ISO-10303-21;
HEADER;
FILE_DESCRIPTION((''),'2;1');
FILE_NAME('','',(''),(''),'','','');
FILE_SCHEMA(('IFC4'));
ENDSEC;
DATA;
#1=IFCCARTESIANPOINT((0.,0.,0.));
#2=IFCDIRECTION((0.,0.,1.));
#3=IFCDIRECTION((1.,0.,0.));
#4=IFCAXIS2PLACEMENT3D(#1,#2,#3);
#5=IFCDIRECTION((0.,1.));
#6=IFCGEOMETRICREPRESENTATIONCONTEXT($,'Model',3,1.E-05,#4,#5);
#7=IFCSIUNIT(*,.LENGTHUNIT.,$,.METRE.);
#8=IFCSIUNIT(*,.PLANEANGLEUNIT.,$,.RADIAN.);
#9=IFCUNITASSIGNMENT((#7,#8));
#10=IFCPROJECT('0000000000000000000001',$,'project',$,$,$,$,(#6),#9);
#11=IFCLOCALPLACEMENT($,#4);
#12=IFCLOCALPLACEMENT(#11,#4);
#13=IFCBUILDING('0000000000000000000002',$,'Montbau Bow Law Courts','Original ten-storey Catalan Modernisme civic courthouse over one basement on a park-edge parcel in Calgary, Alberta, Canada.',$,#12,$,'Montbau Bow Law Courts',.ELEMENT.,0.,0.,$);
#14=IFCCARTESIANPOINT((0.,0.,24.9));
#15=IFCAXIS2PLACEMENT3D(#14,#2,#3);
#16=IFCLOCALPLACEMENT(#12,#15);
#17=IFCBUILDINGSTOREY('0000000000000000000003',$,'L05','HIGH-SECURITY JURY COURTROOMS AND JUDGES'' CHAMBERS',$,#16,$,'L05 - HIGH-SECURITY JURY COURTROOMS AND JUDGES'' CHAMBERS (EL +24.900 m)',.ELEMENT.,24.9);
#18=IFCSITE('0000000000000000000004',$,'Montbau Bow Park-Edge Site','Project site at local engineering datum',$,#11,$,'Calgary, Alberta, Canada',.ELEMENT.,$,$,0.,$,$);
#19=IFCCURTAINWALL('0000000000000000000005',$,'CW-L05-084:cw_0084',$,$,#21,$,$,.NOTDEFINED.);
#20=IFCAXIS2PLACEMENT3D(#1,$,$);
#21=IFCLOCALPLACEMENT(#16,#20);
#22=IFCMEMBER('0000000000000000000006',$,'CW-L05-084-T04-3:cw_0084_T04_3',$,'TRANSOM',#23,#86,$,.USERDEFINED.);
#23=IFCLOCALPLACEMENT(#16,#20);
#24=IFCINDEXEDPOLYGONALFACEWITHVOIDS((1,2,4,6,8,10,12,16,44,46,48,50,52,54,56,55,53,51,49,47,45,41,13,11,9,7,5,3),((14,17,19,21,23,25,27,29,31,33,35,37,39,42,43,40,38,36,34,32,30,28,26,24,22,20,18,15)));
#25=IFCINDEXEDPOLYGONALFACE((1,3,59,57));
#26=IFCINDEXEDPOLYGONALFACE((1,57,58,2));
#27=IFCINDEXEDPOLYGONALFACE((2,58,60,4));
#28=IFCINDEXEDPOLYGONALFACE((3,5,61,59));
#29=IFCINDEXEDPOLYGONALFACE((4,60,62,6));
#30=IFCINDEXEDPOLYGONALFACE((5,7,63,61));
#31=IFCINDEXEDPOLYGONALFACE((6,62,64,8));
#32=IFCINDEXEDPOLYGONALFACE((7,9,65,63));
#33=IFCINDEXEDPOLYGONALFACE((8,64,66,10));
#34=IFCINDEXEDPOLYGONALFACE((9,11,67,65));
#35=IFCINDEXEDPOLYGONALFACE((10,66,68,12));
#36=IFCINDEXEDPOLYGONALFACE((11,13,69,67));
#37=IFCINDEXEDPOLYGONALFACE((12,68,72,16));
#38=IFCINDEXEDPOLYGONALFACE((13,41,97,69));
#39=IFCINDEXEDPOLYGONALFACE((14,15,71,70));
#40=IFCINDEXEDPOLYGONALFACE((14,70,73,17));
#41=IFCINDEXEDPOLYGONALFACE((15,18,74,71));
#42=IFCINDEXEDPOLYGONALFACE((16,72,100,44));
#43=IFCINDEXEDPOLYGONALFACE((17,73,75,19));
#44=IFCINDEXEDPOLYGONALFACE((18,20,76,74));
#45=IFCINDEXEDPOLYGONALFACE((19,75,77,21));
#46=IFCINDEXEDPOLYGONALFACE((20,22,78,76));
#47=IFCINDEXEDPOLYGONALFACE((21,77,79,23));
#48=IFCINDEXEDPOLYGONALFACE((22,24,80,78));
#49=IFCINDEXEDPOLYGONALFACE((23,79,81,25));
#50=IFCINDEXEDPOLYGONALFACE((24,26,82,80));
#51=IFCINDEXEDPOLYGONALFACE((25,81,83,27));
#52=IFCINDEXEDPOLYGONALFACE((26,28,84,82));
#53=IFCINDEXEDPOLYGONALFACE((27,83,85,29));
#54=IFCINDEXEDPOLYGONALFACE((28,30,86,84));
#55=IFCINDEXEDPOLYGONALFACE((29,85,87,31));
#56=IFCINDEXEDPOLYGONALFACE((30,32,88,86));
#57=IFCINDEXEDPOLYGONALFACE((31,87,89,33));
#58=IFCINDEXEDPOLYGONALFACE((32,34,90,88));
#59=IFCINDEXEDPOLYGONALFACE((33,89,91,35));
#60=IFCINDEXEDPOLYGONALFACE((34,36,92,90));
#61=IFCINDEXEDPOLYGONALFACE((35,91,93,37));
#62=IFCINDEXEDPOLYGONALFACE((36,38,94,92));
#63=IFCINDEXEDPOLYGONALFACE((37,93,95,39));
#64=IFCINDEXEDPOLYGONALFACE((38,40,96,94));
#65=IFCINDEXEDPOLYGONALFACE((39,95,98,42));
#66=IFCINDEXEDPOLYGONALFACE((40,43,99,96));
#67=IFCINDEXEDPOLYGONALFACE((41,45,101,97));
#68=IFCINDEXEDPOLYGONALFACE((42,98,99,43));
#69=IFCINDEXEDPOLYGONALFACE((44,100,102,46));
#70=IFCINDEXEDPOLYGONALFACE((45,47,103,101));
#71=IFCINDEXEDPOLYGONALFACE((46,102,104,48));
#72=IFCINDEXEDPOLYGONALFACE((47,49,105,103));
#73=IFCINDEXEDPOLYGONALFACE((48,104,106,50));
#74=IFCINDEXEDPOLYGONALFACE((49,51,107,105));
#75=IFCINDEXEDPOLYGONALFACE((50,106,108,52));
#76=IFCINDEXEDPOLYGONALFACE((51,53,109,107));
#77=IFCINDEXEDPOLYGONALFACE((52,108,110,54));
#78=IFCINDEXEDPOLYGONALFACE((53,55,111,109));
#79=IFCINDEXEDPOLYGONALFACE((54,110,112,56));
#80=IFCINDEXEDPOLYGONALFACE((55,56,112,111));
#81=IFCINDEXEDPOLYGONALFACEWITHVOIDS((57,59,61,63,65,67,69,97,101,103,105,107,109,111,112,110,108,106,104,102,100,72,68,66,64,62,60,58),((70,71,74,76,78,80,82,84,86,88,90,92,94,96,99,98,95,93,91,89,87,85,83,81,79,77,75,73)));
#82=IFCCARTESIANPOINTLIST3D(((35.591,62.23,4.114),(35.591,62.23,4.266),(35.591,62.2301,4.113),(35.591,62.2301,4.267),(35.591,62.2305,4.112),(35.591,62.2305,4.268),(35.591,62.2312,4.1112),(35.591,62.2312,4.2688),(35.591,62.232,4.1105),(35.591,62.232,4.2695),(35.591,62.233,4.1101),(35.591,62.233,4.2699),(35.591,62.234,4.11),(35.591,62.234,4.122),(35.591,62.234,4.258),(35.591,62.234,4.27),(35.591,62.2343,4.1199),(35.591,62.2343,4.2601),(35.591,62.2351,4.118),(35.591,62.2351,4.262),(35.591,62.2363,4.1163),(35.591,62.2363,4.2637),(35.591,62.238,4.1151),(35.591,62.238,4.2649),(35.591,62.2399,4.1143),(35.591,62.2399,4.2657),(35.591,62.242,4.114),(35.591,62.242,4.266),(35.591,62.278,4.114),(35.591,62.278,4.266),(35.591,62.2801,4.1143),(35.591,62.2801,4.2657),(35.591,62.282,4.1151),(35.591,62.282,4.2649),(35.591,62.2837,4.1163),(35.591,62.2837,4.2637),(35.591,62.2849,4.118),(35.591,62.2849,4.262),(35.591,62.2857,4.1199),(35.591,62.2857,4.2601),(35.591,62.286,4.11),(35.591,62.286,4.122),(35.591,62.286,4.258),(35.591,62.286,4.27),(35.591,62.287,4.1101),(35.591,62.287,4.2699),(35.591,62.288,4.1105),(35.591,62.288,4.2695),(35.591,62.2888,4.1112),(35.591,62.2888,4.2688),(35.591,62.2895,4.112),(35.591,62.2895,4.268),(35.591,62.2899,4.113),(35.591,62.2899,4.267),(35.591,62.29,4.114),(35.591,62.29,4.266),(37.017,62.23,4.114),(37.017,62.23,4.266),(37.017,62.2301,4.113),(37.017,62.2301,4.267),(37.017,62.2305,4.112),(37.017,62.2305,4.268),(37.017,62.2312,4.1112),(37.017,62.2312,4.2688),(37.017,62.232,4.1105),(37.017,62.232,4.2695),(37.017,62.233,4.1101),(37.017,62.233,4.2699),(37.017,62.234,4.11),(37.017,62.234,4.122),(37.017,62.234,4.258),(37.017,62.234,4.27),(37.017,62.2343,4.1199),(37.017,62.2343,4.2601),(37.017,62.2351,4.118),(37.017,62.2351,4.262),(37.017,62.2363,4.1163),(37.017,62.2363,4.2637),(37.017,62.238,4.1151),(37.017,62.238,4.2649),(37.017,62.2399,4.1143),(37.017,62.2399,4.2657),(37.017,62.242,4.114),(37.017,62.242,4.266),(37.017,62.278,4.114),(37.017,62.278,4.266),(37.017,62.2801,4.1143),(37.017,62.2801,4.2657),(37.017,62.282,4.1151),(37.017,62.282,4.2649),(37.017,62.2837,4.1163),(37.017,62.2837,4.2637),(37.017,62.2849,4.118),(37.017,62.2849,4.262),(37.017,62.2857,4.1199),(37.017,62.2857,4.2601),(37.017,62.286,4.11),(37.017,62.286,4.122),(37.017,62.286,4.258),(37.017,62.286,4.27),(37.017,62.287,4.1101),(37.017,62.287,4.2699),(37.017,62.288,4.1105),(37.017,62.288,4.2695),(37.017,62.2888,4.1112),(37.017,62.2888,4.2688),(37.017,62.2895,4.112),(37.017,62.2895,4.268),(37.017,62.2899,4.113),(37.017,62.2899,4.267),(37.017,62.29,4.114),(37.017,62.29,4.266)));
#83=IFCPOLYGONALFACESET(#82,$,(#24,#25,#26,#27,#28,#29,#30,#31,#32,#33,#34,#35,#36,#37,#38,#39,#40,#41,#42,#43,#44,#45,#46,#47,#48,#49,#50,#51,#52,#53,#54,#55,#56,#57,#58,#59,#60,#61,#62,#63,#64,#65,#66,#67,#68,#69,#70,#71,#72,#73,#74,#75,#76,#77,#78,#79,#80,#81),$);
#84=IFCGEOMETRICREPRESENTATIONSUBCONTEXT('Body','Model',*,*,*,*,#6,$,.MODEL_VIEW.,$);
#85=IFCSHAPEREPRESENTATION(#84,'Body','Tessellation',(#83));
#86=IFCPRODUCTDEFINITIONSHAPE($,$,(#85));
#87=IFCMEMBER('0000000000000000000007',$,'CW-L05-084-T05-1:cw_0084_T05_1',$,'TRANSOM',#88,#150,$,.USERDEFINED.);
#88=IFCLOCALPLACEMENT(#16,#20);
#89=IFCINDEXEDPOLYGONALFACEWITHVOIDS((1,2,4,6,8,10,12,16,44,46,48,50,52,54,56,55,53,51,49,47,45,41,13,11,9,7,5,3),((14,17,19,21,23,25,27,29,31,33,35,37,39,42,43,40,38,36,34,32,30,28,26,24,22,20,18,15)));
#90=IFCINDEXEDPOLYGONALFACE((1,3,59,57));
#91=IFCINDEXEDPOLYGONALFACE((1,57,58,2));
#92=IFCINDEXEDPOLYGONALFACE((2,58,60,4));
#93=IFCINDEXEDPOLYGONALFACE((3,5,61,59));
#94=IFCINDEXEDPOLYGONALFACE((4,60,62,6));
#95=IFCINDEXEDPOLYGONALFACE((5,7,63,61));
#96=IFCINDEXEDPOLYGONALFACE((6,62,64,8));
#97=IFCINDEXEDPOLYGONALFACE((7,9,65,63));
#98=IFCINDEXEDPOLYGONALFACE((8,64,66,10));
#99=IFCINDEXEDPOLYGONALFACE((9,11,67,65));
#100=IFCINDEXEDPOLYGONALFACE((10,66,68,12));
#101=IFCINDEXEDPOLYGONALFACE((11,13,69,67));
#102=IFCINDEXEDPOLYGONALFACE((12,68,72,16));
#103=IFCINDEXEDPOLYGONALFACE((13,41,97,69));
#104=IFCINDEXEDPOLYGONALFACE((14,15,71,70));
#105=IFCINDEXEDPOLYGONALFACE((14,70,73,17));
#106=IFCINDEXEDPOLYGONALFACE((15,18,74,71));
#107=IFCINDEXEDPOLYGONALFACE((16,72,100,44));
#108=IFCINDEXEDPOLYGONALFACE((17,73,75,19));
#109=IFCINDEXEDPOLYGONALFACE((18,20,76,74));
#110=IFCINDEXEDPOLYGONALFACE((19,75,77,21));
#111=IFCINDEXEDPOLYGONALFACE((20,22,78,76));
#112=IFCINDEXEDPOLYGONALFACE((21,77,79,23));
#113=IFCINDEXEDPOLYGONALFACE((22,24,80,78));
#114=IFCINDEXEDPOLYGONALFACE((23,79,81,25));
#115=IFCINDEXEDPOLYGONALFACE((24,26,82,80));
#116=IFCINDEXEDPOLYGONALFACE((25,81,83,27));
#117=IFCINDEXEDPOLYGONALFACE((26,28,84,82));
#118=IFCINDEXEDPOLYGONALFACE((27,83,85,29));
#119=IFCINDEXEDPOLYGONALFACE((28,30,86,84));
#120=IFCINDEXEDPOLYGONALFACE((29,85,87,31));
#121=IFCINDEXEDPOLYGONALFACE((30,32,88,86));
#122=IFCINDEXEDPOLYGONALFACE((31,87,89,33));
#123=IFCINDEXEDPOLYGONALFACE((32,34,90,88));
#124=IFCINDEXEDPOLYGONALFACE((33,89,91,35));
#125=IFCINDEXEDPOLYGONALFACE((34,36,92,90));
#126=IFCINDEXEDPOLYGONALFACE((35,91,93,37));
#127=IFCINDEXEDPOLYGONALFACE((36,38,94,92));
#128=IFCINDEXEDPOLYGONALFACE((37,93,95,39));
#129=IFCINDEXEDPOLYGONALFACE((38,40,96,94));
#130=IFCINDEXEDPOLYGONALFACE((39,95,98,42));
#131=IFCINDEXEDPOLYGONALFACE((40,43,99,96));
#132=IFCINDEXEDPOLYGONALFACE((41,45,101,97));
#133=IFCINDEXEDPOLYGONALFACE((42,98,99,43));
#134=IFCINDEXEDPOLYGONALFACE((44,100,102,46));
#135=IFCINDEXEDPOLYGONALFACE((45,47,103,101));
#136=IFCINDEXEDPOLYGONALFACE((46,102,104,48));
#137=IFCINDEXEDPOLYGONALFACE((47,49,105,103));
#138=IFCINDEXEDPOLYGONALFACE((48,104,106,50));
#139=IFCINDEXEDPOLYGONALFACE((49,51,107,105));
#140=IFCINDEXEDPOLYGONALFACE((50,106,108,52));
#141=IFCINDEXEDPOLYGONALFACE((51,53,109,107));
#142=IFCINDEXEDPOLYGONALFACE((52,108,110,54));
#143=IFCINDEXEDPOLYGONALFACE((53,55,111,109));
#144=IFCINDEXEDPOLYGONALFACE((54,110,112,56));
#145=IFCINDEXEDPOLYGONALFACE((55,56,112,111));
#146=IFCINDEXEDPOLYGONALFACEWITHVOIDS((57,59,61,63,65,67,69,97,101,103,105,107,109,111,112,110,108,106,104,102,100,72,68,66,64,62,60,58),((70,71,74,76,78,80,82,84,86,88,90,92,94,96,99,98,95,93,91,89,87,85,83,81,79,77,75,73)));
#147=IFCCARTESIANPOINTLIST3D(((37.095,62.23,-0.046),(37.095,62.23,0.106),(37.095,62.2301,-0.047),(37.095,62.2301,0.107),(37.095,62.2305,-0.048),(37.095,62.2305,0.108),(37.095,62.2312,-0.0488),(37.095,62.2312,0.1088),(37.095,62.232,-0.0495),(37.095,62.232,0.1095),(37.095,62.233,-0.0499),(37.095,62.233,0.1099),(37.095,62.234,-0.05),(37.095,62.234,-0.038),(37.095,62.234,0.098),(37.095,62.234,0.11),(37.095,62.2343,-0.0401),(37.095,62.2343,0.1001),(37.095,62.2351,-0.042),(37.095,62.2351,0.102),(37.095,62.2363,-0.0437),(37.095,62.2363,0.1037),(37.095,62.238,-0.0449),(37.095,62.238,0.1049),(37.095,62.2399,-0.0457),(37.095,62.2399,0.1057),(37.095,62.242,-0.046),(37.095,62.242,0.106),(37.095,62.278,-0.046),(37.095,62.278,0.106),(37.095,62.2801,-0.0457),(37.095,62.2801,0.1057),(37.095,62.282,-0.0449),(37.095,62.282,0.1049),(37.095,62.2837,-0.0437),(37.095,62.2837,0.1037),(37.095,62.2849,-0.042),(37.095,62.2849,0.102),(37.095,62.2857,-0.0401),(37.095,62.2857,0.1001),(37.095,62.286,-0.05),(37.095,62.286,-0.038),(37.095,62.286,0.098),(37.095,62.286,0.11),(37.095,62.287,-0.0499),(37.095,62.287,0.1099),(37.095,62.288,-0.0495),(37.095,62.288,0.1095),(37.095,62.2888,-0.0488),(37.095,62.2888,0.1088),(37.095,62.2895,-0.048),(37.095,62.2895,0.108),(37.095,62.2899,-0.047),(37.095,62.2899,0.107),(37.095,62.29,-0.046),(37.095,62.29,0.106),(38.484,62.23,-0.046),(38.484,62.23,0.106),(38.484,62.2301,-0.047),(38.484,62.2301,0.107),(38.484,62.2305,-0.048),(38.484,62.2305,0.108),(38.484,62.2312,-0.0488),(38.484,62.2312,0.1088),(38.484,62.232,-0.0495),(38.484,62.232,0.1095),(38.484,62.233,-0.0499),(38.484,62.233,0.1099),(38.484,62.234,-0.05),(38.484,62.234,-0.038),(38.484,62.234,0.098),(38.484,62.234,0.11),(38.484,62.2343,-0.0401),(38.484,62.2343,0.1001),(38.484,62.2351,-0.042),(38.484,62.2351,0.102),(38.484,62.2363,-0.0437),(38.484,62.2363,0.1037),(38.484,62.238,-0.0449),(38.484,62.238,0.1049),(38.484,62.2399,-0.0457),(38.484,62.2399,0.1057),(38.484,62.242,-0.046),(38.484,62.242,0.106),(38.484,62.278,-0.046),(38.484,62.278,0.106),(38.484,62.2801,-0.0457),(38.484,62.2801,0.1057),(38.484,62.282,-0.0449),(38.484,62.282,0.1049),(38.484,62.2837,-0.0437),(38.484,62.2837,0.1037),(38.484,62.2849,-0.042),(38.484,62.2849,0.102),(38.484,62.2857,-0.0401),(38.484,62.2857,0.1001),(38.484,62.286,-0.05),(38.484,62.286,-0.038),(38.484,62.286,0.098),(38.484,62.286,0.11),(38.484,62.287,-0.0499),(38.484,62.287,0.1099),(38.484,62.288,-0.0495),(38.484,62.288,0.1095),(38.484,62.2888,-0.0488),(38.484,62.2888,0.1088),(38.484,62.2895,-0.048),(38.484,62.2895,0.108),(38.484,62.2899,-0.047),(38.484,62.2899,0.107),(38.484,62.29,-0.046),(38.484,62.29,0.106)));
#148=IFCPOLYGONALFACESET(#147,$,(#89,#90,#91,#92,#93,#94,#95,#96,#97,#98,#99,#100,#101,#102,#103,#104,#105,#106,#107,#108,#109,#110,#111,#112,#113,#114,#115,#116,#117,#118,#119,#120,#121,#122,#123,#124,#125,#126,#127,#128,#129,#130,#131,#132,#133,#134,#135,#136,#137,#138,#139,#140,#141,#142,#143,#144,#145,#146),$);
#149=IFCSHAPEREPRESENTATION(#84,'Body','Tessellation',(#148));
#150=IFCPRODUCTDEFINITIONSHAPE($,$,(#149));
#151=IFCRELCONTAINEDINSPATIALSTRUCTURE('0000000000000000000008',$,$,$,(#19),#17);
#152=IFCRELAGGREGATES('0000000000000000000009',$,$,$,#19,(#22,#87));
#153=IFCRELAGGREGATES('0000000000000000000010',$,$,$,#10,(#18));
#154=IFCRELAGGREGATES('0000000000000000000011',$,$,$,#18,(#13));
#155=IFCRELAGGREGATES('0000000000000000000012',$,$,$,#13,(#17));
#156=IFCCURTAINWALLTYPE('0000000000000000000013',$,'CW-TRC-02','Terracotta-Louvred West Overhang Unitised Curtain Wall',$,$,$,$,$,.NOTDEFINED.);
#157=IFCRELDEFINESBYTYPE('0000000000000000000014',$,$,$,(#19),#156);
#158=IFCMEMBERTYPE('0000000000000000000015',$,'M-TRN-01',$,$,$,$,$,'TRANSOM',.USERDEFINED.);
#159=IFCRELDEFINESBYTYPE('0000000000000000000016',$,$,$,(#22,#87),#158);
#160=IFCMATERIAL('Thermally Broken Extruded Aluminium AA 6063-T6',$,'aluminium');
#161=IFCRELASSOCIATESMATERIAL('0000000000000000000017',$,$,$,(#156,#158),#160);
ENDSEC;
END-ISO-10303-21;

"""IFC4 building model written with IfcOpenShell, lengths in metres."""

from ifc_helpers import new_model, si_unit, direction, frame, origin_with_axes, origin_2d_with_axis, place, context, subcontext, project, spatial, hollow_rectangle, extrude, material, material_profile, profile_set, type_object, element, aggregate, save


model = new_model("IFC4")

# Units and contexts
model_context = context("Model", 3, precision=1e-05, world=origin_with_axes(), true_north=direction((0.0, 1.0)))
body_context = subcontext(model_context, "Body", "Model", "MODEL_VIEW")
ifc_project = project(units=[si_unit("LENGTHUNIT", "METRE"), si_unit("PLANEANGLEUNIT", "RADIAN")], contexts=[model_context])

# Site, building, storey
site_placement = place(None, origin_with_axes())
site = spatial("IfcSite", under=ifc_project, at=site_placement, Name="Montbau Bow Park-Edge Site", Description="Project site at local engineering datum", LongName="Calgary, Alberta, Canada", CompositionType="ELEMENT", RefElevation=0.0)
building_placement = place(site_placement, origin_with_axes())
building = spatial("IfcBuilding", under=site, at=building_placement, Name="Montbau Bow Law Courts", Description="Original ten-storey Catalan Modernisme civic courthouse over one basement on a park-edge parcel in Calgary, Alberta, Canada.", LongName="Montbau Bow Law Courts", CompositionType="ELEMENT", ElevationOfRefHeight=0.0, ElevationOfTerrain=0.0)
storey_placement = place(building_placement, frame((0.0, 0.0, 24.9), z_axis=(0.0, 0.0, 1.0), x_axis=(1.0, 0.0, 0.0)))
storey = spatial("IfcBuildingStorey", under=building, at=storey_placement, Name="L05", Description="HIGH-SECURITY JURY COURTROOMS AND JUDGES' CHAMBERS", LongName="L05 - HIGH-SECURITY JURY COURTROOMS AND JUDGES' CHAMBERS (EL +24.900 m)", CompositionType="ELEMENT", Elevation=24.9)

# Curtain wall, members
ifc_material_1 = material(Name="Thermally Broken Extruded Aluminium AA 6063-T6", Category="aluminium")
curtain_wall_type = type_object("IfcCurtainWallType", Name="CW-TRC-02", Description="Terracotta-Louvred West Overhang Unitised Curtain Wall", PredefinedType="NOTDEFINED", material=ifc_material_1)
curtain_wall_placement = place(None, frame((31.04, 62.26, 24.9), z_axis=(0.0, 0.0, 1.0), x_axis=(1.0, 0.0, 0.0)))
curtain_wall = element("IfcCurtainWall", 1, at=curtain_wall_placement, inside=storey, type_object=curtain_wall_type, Name="CW-L05-084:cw_0084", PredefinedType="NOTDEFINED")
ifc_material_profile_1 = material_profile(ifc_material_1, hollow_rectangle(XDim=0.06, YDim=0.16, WallThickness=0.004, InnerFilletRadius=0.008, OuterFilletRadius=0.004, at=origin_2d_with_axis()), Name="CWT-160X60", Category="Main", Priority=0)
ifc_profile_set_1 = profile_set([ifc_material_profile_1], Name="Thermally Broken Extruded Aluminium AA 6063-T6")
member_type_1 = type_object("IfcMemberType", Name="M-TRN-01", ElementType="TRANSOM", PredefinedType="USERDEFINED", material=ifc_profile_set_1)
member_1_placement = place(None, frame((35.591, 62.26, 29.09), z_axis=(1.0, 0.0, 0.0), x_axis=(0.0, 1.0, 0.0)))
member_1 = element("IfcMember", 2, at=member_1_placement, type_object=member_type_1, Name="CW-L05-084-T04-3:cw_0084_T04_3", ObjectType="TRANSOM", PredefinedType="USERDEFINED", context=body_context, shape_type="SweptSolid", body=[
    extrude(hollow_rectangle(XDim=0.06, YDim=0.16, WallThickness=0.004, InnerFilletRadius=0.008, OuterFilletRadius=0.004, at=origin_2d_with_axis()), origin_with_axes(), (0.0, 0.0, 1.0), 1.426),
])
member_2_placement = place(None, frame((37.095, 62.26, 24.93), z_axis=(1.0, 0.0, 0.0), x_axis=(0.0, 1.0, 0.0)))
member_2 = element("IfcMember", 3, at=member_2_placement, type_object=member_type_1, Name="CW-L05-084-T05-1:cw_0084_T05_1", ObjectType="TRANSOM", PredefinedType="USERDEFINED", context=body_context, shape_type="SweptSolid", body=[
    extrude(hollow_rectangle(XDim=0.06, YDim=0.16, WallThickness=0.004, InnerFilletRadius=0.008, OuterFilletRadius=0.004, at=origin_2d_with_axis()), origin_with_axes(), (0.0, 0.0, 1.0), 1.389),
])
aggregate(curtain_wall, [member_1, member_2])

save(model, "model.ifc")
